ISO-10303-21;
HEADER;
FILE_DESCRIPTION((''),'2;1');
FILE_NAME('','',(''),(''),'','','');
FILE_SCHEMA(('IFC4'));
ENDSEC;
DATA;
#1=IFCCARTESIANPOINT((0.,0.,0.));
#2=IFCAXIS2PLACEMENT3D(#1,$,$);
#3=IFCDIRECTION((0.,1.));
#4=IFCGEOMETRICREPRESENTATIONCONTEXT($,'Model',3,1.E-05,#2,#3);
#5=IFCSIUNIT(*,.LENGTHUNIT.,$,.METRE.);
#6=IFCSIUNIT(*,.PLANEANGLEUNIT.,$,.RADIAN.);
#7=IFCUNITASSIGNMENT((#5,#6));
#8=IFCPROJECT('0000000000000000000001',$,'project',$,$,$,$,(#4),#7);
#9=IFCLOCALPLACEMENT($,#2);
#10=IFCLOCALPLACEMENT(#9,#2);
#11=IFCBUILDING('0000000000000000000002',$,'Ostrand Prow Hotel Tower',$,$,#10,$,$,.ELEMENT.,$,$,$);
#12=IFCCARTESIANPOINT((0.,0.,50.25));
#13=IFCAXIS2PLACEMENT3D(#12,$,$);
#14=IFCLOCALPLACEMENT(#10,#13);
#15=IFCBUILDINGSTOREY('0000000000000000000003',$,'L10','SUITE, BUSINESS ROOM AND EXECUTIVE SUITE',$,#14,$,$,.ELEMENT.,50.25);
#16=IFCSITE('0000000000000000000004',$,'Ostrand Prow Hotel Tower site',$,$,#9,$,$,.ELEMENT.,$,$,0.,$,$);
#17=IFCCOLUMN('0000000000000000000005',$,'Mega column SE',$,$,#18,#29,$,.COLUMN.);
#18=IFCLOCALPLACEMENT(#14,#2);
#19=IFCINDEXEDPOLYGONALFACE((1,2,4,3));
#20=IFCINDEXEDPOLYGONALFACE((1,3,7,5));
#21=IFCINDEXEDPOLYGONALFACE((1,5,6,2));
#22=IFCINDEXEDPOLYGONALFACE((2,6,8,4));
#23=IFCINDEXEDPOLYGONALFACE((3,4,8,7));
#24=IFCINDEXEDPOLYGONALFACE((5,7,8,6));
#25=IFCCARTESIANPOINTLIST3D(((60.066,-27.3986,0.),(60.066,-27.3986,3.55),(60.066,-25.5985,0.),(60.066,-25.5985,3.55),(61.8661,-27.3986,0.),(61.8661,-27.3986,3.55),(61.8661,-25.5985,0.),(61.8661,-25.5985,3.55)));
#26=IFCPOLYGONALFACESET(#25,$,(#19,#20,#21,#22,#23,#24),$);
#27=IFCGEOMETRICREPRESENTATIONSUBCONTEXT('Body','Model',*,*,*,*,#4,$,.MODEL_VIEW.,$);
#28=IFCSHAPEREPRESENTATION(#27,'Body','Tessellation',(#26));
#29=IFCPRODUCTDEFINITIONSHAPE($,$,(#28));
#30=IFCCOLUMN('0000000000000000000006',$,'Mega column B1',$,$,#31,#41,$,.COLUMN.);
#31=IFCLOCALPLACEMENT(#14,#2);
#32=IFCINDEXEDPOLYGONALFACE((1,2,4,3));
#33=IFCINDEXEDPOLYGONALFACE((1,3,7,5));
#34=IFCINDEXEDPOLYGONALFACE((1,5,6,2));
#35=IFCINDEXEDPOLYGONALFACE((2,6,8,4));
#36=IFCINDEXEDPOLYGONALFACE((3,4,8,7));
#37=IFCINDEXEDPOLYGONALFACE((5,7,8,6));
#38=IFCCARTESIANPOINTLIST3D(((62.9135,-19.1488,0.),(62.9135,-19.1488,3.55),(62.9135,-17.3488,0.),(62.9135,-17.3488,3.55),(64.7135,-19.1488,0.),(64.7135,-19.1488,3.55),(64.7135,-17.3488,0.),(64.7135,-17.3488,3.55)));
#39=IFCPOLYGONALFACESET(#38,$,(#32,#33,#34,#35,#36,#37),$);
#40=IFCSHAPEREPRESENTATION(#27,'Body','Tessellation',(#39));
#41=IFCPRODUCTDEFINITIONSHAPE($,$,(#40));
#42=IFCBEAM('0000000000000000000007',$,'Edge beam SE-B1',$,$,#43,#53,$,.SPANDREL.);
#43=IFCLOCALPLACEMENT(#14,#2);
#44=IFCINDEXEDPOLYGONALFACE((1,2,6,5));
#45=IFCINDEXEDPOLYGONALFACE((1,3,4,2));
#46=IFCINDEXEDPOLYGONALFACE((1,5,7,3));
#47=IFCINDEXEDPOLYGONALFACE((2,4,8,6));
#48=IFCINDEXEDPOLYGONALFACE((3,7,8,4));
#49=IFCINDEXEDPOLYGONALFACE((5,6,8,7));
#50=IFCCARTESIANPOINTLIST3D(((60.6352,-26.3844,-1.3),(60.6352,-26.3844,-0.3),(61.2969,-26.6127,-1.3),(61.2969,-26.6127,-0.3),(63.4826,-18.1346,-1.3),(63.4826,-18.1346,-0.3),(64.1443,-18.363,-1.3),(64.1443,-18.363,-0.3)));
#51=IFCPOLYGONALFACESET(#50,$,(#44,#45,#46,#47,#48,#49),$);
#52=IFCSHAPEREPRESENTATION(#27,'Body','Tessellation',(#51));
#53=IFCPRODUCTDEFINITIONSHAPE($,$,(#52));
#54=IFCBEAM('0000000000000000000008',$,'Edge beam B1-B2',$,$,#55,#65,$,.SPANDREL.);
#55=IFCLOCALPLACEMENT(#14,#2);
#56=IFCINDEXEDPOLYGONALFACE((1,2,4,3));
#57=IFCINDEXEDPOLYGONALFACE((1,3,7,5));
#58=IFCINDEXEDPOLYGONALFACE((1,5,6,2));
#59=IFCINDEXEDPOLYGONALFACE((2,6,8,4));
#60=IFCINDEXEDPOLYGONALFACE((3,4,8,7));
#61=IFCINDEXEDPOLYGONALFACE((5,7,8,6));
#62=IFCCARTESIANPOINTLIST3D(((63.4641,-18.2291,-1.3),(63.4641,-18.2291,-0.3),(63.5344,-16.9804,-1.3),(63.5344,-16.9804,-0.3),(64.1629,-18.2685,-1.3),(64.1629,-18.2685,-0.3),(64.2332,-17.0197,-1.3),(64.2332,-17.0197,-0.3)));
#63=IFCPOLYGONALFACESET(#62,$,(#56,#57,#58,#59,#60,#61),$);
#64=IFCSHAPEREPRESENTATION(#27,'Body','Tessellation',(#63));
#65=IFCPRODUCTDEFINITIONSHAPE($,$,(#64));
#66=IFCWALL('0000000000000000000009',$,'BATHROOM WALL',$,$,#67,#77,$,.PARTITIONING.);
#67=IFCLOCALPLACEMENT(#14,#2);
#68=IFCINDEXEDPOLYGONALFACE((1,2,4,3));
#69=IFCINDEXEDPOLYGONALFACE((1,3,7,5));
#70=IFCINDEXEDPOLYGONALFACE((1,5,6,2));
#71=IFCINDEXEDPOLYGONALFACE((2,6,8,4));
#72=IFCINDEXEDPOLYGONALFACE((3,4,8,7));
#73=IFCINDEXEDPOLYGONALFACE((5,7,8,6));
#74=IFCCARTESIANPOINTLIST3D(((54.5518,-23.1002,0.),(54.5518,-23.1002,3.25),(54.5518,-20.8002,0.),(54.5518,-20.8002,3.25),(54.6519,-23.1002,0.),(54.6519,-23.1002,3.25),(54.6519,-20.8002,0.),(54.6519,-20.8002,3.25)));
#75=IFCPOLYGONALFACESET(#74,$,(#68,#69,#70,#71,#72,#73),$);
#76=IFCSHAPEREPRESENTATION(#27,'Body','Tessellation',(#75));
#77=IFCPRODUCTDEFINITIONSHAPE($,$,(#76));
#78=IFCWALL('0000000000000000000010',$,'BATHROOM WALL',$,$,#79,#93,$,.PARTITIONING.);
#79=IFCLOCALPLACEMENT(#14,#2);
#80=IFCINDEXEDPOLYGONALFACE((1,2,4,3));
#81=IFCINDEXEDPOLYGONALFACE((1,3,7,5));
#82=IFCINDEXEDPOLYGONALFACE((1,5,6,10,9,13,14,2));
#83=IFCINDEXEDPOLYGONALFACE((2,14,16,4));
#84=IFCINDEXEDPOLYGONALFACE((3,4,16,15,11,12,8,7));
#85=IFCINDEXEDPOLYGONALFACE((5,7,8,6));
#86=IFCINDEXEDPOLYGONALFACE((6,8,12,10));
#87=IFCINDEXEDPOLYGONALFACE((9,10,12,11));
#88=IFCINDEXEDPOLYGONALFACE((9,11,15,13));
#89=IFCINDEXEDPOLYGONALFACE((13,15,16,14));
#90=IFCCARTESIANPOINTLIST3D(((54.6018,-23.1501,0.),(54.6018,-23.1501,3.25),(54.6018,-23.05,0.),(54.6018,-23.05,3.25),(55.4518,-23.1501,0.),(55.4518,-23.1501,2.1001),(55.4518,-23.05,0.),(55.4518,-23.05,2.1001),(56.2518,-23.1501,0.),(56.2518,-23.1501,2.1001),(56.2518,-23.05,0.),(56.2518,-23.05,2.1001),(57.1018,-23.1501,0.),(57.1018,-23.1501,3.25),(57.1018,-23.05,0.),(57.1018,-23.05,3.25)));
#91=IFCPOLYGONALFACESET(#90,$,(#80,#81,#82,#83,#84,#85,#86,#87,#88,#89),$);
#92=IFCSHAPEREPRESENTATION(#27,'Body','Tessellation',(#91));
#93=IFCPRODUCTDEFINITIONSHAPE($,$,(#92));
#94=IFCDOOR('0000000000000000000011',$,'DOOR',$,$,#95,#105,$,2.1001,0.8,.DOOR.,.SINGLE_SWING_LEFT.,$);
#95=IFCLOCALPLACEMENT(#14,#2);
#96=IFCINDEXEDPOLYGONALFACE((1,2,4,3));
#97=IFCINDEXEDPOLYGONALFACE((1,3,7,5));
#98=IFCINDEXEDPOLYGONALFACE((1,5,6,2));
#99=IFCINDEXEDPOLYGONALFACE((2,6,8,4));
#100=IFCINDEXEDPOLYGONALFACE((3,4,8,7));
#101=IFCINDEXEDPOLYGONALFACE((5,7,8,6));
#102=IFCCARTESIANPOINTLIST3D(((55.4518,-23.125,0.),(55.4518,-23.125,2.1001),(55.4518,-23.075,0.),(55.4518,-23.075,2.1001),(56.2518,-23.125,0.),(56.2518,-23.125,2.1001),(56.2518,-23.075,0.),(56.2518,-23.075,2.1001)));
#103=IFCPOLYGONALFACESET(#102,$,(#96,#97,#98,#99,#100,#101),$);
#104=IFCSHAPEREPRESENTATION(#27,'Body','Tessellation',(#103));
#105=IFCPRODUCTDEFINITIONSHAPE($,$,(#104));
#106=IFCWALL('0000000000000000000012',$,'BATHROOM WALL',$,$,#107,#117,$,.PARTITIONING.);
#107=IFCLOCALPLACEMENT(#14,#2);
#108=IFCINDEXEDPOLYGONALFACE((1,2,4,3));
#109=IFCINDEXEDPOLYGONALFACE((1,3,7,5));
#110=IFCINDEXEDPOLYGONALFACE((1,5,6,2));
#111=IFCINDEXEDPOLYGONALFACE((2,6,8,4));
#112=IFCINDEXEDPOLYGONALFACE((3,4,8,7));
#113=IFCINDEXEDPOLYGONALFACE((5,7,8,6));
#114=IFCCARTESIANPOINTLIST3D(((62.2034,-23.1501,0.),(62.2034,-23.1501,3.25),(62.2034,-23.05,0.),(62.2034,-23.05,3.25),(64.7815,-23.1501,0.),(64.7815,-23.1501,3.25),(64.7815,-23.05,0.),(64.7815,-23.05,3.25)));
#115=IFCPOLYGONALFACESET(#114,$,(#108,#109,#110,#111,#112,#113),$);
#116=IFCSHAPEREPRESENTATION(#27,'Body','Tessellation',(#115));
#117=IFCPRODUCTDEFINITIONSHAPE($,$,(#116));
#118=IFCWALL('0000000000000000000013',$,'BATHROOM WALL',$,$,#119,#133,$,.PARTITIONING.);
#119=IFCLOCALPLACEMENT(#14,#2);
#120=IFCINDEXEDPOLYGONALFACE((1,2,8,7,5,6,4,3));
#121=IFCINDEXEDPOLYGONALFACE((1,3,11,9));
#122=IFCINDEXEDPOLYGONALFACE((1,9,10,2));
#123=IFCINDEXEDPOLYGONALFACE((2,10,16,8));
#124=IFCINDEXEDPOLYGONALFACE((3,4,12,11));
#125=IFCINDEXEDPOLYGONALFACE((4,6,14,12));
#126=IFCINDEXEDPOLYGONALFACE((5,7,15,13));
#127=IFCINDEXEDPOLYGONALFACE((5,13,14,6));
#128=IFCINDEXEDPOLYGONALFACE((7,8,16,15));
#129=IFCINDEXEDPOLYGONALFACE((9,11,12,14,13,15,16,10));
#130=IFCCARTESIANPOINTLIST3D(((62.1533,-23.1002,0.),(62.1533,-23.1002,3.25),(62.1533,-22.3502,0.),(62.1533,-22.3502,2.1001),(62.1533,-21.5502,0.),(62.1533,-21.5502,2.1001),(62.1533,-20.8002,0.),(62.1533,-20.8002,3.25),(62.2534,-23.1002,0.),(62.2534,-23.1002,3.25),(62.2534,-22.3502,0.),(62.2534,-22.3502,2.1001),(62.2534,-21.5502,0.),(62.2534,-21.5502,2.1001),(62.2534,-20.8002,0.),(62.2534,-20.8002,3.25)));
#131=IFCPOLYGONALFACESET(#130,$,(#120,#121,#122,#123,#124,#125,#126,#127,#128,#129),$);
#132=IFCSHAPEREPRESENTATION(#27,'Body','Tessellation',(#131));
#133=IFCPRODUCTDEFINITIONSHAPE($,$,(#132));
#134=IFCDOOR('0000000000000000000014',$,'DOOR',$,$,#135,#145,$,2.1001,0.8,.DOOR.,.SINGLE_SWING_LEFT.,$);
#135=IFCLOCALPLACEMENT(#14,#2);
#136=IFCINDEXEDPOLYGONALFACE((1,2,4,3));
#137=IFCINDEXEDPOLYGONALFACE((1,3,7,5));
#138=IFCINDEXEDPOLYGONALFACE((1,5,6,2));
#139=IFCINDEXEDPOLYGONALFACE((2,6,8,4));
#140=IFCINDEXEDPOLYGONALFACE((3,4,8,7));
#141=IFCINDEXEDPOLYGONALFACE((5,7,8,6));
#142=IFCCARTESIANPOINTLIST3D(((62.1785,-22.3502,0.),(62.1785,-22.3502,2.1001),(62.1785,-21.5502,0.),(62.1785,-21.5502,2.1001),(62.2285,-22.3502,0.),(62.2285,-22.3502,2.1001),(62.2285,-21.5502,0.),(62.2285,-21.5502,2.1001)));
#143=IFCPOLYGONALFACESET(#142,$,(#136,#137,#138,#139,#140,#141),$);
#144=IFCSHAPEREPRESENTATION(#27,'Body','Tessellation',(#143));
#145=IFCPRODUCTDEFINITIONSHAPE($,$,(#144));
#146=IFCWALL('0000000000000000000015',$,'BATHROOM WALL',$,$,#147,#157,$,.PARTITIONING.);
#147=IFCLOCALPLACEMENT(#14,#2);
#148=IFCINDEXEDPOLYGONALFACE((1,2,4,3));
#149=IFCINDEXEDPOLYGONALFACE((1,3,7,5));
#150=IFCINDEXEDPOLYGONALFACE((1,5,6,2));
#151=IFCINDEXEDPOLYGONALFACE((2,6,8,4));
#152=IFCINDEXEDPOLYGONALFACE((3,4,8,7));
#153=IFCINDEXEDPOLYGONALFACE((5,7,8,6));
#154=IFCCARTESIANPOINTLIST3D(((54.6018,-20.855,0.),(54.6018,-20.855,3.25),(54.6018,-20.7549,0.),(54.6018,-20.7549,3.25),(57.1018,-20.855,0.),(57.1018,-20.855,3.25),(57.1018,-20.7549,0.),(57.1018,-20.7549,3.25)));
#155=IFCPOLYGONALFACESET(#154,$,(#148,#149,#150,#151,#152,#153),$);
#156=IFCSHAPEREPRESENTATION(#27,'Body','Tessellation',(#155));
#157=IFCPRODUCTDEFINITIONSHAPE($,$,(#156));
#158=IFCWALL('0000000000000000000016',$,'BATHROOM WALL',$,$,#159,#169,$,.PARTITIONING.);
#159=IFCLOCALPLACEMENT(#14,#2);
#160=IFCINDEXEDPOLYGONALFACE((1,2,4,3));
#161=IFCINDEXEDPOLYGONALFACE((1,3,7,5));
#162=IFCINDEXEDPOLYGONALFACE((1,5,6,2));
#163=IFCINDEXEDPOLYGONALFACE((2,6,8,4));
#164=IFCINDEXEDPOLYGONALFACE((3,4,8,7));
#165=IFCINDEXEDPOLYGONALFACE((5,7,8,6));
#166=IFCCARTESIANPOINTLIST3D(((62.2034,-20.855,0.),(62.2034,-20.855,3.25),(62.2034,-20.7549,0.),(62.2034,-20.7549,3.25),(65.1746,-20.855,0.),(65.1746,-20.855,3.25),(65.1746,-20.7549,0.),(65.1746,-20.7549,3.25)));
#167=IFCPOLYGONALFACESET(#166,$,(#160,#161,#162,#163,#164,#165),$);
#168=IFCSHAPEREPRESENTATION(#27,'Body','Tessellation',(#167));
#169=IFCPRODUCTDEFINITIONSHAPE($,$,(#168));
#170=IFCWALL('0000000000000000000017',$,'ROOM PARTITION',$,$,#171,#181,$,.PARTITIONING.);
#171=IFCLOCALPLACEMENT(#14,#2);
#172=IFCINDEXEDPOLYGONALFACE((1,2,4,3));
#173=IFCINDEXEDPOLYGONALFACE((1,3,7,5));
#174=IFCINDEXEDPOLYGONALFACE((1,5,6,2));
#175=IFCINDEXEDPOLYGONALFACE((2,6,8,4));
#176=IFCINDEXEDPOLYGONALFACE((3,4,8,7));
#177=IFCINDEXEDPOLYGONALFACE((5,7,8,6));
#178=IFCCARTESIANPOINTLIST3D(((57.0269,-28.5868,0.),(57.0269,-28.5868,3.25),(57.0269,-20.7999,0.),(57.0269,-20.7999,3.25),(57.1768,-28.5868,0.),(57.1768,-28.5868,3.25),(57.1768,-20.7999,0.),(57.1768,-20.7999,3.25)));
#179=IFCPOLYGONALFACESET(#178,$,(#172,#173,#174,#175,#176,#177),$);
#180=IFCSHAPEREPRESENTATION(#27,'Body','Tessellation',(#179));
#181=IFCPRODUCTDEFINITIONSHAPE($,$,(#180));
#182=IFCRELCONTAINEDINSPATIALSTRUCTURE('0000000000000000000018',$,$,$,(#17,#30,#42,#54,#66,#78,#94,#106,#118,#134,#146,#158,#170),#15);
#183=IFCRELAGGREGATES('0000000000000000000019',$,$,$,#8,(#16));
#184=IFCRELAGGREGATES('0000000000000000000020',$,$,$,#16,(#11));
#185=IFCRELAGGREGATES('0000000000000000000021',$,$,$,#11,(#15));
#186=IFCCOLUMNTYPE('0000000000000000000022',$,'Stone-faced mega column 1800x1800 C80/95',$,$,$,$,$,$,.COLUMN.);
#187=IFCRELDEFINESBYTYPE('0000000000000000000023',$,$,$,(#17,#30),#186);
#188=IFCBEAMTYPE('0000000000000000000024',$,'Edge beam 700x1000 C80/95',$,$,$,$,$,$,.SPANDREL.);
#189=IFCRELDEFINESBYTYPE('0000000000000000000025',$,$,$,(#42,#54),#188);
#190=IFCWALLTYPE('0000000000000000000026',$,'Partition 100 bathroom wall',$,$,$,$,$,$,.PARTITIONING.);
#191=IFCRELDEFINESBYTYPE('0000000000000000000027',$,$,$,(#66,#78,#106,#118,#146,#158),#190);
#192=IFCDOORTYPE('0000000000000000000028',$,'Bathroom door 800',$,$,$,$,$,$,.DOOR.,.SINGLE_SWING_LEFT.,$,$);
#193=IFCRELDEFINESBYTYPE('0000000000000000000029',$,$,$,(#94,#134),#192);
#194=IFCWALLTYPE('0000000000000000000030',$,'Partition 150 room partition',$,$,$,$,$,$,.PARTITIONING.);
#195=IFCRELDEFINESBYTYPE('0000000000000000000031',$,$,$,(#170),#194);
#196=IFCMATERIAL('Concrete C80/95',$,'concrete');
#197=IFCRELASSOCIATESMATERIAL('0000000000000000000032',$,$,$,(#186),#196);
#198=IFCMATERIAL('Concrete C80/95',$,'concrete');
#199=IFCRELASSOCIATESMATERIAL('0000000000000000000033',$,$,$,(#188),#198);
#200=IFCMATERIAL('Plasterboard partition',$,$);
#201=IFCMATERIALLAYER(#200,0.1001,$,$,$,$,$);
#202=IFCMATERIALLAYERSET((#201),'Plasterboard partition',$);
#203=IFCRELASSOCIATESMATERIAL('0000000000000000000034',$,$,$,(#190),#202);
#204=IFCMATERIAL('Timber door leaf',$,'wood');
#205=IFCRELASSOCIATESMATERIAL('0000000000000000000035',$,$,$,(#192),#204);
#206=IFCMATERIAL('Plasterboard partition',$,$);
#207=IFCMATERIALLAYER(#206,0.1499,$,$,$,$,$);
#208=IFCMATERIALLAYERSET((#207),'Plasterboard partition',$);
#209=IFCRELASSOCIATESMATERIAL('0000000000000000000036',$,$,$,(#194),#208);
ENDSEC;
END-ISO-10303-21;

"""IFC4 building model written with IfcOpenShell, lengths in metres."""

from ifc_helpers import new_model, si_unit, direction, frame, frame_2d, origin, origin_2d, place, context, subcontext, project, spatial, rectangle, extrude, material, layer, layer_set, material_profile, profile_set, type_object, element, fill, save


model = new_model("IFC4")

# Units and contexts
model_context = context("Model", 3, precision=1e-05, world=origin(), true_north=direction((0.0, 1.0)))
body_context = subcontext(model_context, "Body", "Model", "MODEL_VIEW")
ifc_project = project(units=[si_unit("LENGTHUNIT", "METRE"), si_unit("PLANEANGLEUNIT", "RADIAN")], contexts=[model_context])

# Site, building, storey
site_placement = place(None, origin())
site = spatial("IfcSite", under=ifc_project, at=site_placement, Name="Ostrand Prow Hotel Tower site", CompositionType="ELEMENT", RefElevation=0.0)
building_placement = place(site_placement, origin())
building = spatial("IfcBuilding", under=site, at=building_placement, Name="Ostrand Prow Hotel Tower", CompositionType="ELEMENT")
storey_placement = place(building_placement, frame((0.0, 0.0, 50.25)))
storey = spatial("IfcBuildingStorey", under=building, at=storey_placement, Name="L10", Description="SUITE, BUSINESS ROOM AND EXECUTIVE SUITE", CompositionType="ELEMENT", Elevation=50.25)

# Columns
ifc_material_1 = material(Name="Concrete C80/95", Category="concrete")
ifc_material_profile_1 = material_profile(ifc_material_1, rectangle(XDim=1.8, YDim=1.8, at=origin_2d()), Name="RC 1800x1800")
ifc_profile_set_1 = profile_set([ifc_material_profile_1], Name="Concrete C80/95")
column_type = type_object("IfcColumnType", Name="Stone-faced mega column 1800x1800 C80/95", PredefinedType="COLUMN", material=ifc_profile_set_1)
for number, where, z_axis, x_axis, name in (
    (1, (60.9661, -26.4985, 0.0), (0.0, 0.0, 1.0), (1.0, 0.0, 0.0), "Mega column SE"),
    (2, (63.8135, -18.2488, 0.0), (0.0, 0.0, 1.0), (1.0, 0.0, 0.0), "Mega column B1"),
):
    element("IfcColumn", number, at=place(storey_placement, frame(where, z_axis=z_axis, x_axis=x_axis)), inside=storey, type_object=column_type, Name=name, PredefinedType="COLUMN", context=body_context, shape_type="SweptSolid", body=[
        extrude(rectangle(XDim=1.8, YDim=1.8, at=origin_2d()), origin(), (0.0, 0.0, 1.0), 3.55),
    ])

# Beams
ifc_material_2 = material(Name="Concrete C80/95", Category="concrete")
ifc_material_profile_2 = material_profile(ifc_material_2, rectangle(XDim=0.7, YDim=1.0, at=origin_2d()), Name="RC 700x1000")
ifc_profile_set_2 = profile_set([ifc_material_profile_2], Name="Concrete C80/95")
beam_type = type_object("IfcBeamType", Name="Edge beam 700x1000 C80/95", PredefinedType="SPANDREL", material=ifc_profile_set_2)
beam_1_placement = place(storey_placement, frame((60.9661, -26.4985, -0.8), z_axis=(0.326264, 0.945279, 0.0), x_axis=(-0.945279, 0.326264, 0.0)))
element("IfcBeam", 3, at=beam_1_placement, inside=storey, type_object=beam_type, Name="Edge beam SE-B1", PredefinedType="SPANDREL", context=body_context, shape_type="SweptSolid", body=[
    extrude(rectangle(XDim=0.7, YDim=1.0, at=origin_2d()), origin(), (0.0, 0.0, 1.0), 8.7273),
])
beam_2_placement = place(storey_placement, frame((63.8135, -18.2488, -0.8), z_axis=(0.056216, 0.998419, 0.0), x_axis=(-0.998419, 0.056216, 0.0)))
element("IfcBeam", 4, at=beam_2_placement, inside=storey, type_object=beam_type, Name="Edge beam B1-B2", PredefinedType="SPANDREL", context=body_context, shape_type="SweptSolid", body=[
    extrude(rectangle(XDim=0.7, YDim=1.0, at=origin_2d()), origin(), (0.0, 0.0, 1.0), 1.2507),
])

# Wall
ifc_material_3 = material(Name="Plasterboard partition")
ifc_layer_1 = layer(ifc_material_3, 0.1001)
ifc_layer_set_1 = layer_set([ifc_layer_1], Name="Plasterboard partition")
wall_type_1 = type_object("IfcWallType", Name="Partition 100 bathroom wall", PredefinedType="PARTITIONING", material=ifc_layer_set_1)
wall_1_placement = place(storey_placement, frame((54.6018, -23.1001, 0.0), z_axis=(0.0, 0.0, 1.0), x_axis=(0.0, 1.0, 0.0)))
element("IfcWall", 5, at=wall_1_placement, inside=storey, type_object=wall_type_1, Name="BATHROOM WALL", PredefinedType="PARTITIONING", context=body_context, shape_type="SweptSolid", body=[
    extrude(rectangle(XDim=2.3, YDim=0.1001, at=frame_2d((1.1499, 0.0))), origin(), (0.0, 0.0, 1.0), 3.25),
])

# Wall, opening, door
wall_2_placement = place(storey_placement, frame((57.1018, -23.1001, 0.0), z_axis=(0.0, 0.0, 1.0), x_axis=(-1.0, 0.0, 0.0)))
wall_2 = element("IfcWall", 6, at=wall_2_placement, inside=storey, type_object=wall_type_1, Name="BATHROOM WALL", PredefinedType="PARTITIONING", context=body_context, shape_type="SweptSolid", body=[
    extrude(rectangle(XDim=2.5, YDim=0.1001, at=frame_2d((1.25, 0.0))), origin(), (0.0, 0.0, 1.0), 3.25),
])
opening_1_placement = place(wall_2_placement, frame((0.8501, 0.0, 0.0)))
opening_1 = element("IfcOpeningElement", 7, at=opening_1_placement, cuts=wall_2, PredefinedType="OPENING", context=body_context, shape_type="SweptSolid", body=[
    extrude(rectangle(XDim=0.8, YDim=2.1001, at=frame_2d((0.3999, 1.05))), frame((0.0, 0.0601, 0.0), z_axis=(0.0, -1.0, 0.0), x_axis=(1.0, 0.0, 0.0)), (0.0, 0.0, 1.0), 0.1201),
])
ifc_material_4 = material(Name="Timber door leaf", Category="wood")
door_type_1 = type_object("IfcDoorType", Name="Bathroom door 800", OperationType="SINGLE_SWING_LEFT", PredefinedType="DOOR", material=ifc_material_4)
door_1_placement = place(opening_1_placement, origin())
door_1 = element("IfcDoor", 8, at=door_1_placement, inside=storey, type_object=door_type_1, Name="DOOR", OperationType="SINGLE_SWING_LEFT", OverallHeight=2.1001, OverallWidth=0.8, PredefinedType="DOOR", context=body_context, shape_type="SweptSolid", body=[
    extrude(rectangle(XDim=0.8, YDim=2.1001, at=frame_2d((0.3999, 1.05))), frame((0.0, 0.0249, 0.0), z_axis=(0.0, -1.0, 0.0), x_axis=(1.0, 0.0, 0.0)), (0.0, 0.0, 1.0), 0.05),
])
fill(opening_1, door_1)

# Wall
wall_3_placement = place(storey_placement, frame((64.7815, -23.1001, 0.0), z_axis=(0.0, 0.0, 1.0), x_axis=(-1.0, 0.0, 0.0)))
element("IfcWall", 9, at=wall_3_placement, inside=storey, type_object=wall_type_1, Name="BATHROOM WALL", PredefinedType="PARTITIONING", context=body_context, shape_type="SweptSolid", body=[
    extrude(rectangle(XDim=2.5781, YDim=0.1001, at=frame_2d((1.2891, 0.0))), origin(), (0.0, 0.0, 1.0), 3.25),
])

# Wall, opening, door
wall_4_placement = place(storey_placement, frame((62.2034, -23.1001, 0.0), z_axis=(0.0, 0.0, 1.0), x_axis=(0.0, 1.0, 0.0)))
wall_4 = element("IfcWall", 10, at=wall_4_placement, inside=storey, type_object=wall_type_1, Name="BATHROOM WALL", PredefinedType="PARTITIONING", context=body_context, shape_type="SweptSolid", body=[
    extrude(rectangle(XDim=2.3, YDim=0.1001, at=frame_2d((1.1499, 0.0))), origin(), (0.0, 0.0, 1.0), 3.25),
])
opening_2_placement = place(wall_4_placement, frame((0.75, 0.0, 0.0)))
opening_2 = element("IfcOpeningElement", 11, at=opening_2_placement, cuts=wall_4, PredefinedType="OPENING", context=body_context, shape_type="SweptSolid", body=[
    extrude(rectangle(XDim=0.8, YDim=2.1001, at=frame_2d((0.3999, 1.05))), frame((0.0, 0.0601, 0.0), z_axis=(0.0, -1.0, 0.0), x_axis=(1.0, 0.0, 0.0)), (0.0, 0.0, 1.0), 0.1201),
])
door_2_placement = place(opening_2_placement, origin())
door_2 = element("IfcDoor", 12, at=door_2_placement, inside=storey, type_object=door_type_1, Name="DOOR", OperationType="SINGLE_SWING_LEFT", OverallHeight=2.1001, OverallWidth=0.8, PredefinedType="DOOR", context=body_context, shape_type="SweptSolid", body=[
    extrude(rectangle(XDim=0.8, YDim=2.1001, at=frame_2d((0.3999, 1.05))), frame((0.0, 0.0249, 0.0), z_axis=(0.0, -1.0, 0.0), x_axis=(1.0, 0.0, 0.0)), (0.0, 0.0, 1.0), 0.05),
])
fill(opening_2, door_2)

# Walls
wall_5_placement = place(storey_placement, frame((54.6018, -20.8049, 0.0), z_axis=(0.0, 0.0, 1.0), x_axis=(1.0, 0.0, 0.0)))
element("IfcWall", 13, at=wall_5_placement, inside=storey, type_object=wall_type_1, Name="BATHROOM WALL", PredefinedType="PARTITIONING", context=body_context, shape_type="SweptSolid", body=[
    extrude(rectangle(XDim=2.5, YDim=0.1001, at=frame_2d((1.25, 0.0))), origin(), (0.0, 0.0, 1.0), 3.25),
])
wall_6_placement = place(storey_placement, frame((62.2034, -20.8049, 0.0), z_axis=(0.0, 0.0, 1.0), x_axis=(1.0, 0.0, 0.0)))
element("IfcWall", 14, at=wall_6_placement, inside=storey, type_object=wall_type_1, Name="BATHROOM WALL", PredefinedType="PARTITIONING", context=body_context, shape_type="SweptSolid", body=[
    extrude(rectangle(XDim=2.9712, YDim=0.1001, at=frame_2d((1.4856, 0.0))), origin(), (0.0, 0.0, 1.0), 3.25),
])
ifc_material_5 = material(Name="Plasterboard partition")
ifc_layer_2 = layer(ifc_material_5, 0.1499)
ifc_layer_set_2 = layer_set([ifc_layer_2], Name="Plasterboard partition")
wall_type_2 = type_object("IfcWallType", Name="Partition 150 room partition", PredefinedType="PARTITIONING", material=ifc_layer_set_2)
wall_7_placement = place(storey_placement, frame((57.1018, -28.5869, 0.0), z_axis=(0.0, 0.0, 1.0), x_axis=(0.0, 1.0, 0.0)))
element("IfcWall", 15, at=wall_7_placement, inside=storey, type_object=wall_type_2, Name="ROOM PARTITION", PredefinedType="PARTITIONING", context=body_context, shape_type="SweptSolid", body=[
    extrude(rectangle(XDim=7.7869, YDim=0.1499, at=frame_2d((3.8936, 0.0))), origin(), (0.0, 0.0, 1.0), 3.25),
])

save(model, "model.ifc")
